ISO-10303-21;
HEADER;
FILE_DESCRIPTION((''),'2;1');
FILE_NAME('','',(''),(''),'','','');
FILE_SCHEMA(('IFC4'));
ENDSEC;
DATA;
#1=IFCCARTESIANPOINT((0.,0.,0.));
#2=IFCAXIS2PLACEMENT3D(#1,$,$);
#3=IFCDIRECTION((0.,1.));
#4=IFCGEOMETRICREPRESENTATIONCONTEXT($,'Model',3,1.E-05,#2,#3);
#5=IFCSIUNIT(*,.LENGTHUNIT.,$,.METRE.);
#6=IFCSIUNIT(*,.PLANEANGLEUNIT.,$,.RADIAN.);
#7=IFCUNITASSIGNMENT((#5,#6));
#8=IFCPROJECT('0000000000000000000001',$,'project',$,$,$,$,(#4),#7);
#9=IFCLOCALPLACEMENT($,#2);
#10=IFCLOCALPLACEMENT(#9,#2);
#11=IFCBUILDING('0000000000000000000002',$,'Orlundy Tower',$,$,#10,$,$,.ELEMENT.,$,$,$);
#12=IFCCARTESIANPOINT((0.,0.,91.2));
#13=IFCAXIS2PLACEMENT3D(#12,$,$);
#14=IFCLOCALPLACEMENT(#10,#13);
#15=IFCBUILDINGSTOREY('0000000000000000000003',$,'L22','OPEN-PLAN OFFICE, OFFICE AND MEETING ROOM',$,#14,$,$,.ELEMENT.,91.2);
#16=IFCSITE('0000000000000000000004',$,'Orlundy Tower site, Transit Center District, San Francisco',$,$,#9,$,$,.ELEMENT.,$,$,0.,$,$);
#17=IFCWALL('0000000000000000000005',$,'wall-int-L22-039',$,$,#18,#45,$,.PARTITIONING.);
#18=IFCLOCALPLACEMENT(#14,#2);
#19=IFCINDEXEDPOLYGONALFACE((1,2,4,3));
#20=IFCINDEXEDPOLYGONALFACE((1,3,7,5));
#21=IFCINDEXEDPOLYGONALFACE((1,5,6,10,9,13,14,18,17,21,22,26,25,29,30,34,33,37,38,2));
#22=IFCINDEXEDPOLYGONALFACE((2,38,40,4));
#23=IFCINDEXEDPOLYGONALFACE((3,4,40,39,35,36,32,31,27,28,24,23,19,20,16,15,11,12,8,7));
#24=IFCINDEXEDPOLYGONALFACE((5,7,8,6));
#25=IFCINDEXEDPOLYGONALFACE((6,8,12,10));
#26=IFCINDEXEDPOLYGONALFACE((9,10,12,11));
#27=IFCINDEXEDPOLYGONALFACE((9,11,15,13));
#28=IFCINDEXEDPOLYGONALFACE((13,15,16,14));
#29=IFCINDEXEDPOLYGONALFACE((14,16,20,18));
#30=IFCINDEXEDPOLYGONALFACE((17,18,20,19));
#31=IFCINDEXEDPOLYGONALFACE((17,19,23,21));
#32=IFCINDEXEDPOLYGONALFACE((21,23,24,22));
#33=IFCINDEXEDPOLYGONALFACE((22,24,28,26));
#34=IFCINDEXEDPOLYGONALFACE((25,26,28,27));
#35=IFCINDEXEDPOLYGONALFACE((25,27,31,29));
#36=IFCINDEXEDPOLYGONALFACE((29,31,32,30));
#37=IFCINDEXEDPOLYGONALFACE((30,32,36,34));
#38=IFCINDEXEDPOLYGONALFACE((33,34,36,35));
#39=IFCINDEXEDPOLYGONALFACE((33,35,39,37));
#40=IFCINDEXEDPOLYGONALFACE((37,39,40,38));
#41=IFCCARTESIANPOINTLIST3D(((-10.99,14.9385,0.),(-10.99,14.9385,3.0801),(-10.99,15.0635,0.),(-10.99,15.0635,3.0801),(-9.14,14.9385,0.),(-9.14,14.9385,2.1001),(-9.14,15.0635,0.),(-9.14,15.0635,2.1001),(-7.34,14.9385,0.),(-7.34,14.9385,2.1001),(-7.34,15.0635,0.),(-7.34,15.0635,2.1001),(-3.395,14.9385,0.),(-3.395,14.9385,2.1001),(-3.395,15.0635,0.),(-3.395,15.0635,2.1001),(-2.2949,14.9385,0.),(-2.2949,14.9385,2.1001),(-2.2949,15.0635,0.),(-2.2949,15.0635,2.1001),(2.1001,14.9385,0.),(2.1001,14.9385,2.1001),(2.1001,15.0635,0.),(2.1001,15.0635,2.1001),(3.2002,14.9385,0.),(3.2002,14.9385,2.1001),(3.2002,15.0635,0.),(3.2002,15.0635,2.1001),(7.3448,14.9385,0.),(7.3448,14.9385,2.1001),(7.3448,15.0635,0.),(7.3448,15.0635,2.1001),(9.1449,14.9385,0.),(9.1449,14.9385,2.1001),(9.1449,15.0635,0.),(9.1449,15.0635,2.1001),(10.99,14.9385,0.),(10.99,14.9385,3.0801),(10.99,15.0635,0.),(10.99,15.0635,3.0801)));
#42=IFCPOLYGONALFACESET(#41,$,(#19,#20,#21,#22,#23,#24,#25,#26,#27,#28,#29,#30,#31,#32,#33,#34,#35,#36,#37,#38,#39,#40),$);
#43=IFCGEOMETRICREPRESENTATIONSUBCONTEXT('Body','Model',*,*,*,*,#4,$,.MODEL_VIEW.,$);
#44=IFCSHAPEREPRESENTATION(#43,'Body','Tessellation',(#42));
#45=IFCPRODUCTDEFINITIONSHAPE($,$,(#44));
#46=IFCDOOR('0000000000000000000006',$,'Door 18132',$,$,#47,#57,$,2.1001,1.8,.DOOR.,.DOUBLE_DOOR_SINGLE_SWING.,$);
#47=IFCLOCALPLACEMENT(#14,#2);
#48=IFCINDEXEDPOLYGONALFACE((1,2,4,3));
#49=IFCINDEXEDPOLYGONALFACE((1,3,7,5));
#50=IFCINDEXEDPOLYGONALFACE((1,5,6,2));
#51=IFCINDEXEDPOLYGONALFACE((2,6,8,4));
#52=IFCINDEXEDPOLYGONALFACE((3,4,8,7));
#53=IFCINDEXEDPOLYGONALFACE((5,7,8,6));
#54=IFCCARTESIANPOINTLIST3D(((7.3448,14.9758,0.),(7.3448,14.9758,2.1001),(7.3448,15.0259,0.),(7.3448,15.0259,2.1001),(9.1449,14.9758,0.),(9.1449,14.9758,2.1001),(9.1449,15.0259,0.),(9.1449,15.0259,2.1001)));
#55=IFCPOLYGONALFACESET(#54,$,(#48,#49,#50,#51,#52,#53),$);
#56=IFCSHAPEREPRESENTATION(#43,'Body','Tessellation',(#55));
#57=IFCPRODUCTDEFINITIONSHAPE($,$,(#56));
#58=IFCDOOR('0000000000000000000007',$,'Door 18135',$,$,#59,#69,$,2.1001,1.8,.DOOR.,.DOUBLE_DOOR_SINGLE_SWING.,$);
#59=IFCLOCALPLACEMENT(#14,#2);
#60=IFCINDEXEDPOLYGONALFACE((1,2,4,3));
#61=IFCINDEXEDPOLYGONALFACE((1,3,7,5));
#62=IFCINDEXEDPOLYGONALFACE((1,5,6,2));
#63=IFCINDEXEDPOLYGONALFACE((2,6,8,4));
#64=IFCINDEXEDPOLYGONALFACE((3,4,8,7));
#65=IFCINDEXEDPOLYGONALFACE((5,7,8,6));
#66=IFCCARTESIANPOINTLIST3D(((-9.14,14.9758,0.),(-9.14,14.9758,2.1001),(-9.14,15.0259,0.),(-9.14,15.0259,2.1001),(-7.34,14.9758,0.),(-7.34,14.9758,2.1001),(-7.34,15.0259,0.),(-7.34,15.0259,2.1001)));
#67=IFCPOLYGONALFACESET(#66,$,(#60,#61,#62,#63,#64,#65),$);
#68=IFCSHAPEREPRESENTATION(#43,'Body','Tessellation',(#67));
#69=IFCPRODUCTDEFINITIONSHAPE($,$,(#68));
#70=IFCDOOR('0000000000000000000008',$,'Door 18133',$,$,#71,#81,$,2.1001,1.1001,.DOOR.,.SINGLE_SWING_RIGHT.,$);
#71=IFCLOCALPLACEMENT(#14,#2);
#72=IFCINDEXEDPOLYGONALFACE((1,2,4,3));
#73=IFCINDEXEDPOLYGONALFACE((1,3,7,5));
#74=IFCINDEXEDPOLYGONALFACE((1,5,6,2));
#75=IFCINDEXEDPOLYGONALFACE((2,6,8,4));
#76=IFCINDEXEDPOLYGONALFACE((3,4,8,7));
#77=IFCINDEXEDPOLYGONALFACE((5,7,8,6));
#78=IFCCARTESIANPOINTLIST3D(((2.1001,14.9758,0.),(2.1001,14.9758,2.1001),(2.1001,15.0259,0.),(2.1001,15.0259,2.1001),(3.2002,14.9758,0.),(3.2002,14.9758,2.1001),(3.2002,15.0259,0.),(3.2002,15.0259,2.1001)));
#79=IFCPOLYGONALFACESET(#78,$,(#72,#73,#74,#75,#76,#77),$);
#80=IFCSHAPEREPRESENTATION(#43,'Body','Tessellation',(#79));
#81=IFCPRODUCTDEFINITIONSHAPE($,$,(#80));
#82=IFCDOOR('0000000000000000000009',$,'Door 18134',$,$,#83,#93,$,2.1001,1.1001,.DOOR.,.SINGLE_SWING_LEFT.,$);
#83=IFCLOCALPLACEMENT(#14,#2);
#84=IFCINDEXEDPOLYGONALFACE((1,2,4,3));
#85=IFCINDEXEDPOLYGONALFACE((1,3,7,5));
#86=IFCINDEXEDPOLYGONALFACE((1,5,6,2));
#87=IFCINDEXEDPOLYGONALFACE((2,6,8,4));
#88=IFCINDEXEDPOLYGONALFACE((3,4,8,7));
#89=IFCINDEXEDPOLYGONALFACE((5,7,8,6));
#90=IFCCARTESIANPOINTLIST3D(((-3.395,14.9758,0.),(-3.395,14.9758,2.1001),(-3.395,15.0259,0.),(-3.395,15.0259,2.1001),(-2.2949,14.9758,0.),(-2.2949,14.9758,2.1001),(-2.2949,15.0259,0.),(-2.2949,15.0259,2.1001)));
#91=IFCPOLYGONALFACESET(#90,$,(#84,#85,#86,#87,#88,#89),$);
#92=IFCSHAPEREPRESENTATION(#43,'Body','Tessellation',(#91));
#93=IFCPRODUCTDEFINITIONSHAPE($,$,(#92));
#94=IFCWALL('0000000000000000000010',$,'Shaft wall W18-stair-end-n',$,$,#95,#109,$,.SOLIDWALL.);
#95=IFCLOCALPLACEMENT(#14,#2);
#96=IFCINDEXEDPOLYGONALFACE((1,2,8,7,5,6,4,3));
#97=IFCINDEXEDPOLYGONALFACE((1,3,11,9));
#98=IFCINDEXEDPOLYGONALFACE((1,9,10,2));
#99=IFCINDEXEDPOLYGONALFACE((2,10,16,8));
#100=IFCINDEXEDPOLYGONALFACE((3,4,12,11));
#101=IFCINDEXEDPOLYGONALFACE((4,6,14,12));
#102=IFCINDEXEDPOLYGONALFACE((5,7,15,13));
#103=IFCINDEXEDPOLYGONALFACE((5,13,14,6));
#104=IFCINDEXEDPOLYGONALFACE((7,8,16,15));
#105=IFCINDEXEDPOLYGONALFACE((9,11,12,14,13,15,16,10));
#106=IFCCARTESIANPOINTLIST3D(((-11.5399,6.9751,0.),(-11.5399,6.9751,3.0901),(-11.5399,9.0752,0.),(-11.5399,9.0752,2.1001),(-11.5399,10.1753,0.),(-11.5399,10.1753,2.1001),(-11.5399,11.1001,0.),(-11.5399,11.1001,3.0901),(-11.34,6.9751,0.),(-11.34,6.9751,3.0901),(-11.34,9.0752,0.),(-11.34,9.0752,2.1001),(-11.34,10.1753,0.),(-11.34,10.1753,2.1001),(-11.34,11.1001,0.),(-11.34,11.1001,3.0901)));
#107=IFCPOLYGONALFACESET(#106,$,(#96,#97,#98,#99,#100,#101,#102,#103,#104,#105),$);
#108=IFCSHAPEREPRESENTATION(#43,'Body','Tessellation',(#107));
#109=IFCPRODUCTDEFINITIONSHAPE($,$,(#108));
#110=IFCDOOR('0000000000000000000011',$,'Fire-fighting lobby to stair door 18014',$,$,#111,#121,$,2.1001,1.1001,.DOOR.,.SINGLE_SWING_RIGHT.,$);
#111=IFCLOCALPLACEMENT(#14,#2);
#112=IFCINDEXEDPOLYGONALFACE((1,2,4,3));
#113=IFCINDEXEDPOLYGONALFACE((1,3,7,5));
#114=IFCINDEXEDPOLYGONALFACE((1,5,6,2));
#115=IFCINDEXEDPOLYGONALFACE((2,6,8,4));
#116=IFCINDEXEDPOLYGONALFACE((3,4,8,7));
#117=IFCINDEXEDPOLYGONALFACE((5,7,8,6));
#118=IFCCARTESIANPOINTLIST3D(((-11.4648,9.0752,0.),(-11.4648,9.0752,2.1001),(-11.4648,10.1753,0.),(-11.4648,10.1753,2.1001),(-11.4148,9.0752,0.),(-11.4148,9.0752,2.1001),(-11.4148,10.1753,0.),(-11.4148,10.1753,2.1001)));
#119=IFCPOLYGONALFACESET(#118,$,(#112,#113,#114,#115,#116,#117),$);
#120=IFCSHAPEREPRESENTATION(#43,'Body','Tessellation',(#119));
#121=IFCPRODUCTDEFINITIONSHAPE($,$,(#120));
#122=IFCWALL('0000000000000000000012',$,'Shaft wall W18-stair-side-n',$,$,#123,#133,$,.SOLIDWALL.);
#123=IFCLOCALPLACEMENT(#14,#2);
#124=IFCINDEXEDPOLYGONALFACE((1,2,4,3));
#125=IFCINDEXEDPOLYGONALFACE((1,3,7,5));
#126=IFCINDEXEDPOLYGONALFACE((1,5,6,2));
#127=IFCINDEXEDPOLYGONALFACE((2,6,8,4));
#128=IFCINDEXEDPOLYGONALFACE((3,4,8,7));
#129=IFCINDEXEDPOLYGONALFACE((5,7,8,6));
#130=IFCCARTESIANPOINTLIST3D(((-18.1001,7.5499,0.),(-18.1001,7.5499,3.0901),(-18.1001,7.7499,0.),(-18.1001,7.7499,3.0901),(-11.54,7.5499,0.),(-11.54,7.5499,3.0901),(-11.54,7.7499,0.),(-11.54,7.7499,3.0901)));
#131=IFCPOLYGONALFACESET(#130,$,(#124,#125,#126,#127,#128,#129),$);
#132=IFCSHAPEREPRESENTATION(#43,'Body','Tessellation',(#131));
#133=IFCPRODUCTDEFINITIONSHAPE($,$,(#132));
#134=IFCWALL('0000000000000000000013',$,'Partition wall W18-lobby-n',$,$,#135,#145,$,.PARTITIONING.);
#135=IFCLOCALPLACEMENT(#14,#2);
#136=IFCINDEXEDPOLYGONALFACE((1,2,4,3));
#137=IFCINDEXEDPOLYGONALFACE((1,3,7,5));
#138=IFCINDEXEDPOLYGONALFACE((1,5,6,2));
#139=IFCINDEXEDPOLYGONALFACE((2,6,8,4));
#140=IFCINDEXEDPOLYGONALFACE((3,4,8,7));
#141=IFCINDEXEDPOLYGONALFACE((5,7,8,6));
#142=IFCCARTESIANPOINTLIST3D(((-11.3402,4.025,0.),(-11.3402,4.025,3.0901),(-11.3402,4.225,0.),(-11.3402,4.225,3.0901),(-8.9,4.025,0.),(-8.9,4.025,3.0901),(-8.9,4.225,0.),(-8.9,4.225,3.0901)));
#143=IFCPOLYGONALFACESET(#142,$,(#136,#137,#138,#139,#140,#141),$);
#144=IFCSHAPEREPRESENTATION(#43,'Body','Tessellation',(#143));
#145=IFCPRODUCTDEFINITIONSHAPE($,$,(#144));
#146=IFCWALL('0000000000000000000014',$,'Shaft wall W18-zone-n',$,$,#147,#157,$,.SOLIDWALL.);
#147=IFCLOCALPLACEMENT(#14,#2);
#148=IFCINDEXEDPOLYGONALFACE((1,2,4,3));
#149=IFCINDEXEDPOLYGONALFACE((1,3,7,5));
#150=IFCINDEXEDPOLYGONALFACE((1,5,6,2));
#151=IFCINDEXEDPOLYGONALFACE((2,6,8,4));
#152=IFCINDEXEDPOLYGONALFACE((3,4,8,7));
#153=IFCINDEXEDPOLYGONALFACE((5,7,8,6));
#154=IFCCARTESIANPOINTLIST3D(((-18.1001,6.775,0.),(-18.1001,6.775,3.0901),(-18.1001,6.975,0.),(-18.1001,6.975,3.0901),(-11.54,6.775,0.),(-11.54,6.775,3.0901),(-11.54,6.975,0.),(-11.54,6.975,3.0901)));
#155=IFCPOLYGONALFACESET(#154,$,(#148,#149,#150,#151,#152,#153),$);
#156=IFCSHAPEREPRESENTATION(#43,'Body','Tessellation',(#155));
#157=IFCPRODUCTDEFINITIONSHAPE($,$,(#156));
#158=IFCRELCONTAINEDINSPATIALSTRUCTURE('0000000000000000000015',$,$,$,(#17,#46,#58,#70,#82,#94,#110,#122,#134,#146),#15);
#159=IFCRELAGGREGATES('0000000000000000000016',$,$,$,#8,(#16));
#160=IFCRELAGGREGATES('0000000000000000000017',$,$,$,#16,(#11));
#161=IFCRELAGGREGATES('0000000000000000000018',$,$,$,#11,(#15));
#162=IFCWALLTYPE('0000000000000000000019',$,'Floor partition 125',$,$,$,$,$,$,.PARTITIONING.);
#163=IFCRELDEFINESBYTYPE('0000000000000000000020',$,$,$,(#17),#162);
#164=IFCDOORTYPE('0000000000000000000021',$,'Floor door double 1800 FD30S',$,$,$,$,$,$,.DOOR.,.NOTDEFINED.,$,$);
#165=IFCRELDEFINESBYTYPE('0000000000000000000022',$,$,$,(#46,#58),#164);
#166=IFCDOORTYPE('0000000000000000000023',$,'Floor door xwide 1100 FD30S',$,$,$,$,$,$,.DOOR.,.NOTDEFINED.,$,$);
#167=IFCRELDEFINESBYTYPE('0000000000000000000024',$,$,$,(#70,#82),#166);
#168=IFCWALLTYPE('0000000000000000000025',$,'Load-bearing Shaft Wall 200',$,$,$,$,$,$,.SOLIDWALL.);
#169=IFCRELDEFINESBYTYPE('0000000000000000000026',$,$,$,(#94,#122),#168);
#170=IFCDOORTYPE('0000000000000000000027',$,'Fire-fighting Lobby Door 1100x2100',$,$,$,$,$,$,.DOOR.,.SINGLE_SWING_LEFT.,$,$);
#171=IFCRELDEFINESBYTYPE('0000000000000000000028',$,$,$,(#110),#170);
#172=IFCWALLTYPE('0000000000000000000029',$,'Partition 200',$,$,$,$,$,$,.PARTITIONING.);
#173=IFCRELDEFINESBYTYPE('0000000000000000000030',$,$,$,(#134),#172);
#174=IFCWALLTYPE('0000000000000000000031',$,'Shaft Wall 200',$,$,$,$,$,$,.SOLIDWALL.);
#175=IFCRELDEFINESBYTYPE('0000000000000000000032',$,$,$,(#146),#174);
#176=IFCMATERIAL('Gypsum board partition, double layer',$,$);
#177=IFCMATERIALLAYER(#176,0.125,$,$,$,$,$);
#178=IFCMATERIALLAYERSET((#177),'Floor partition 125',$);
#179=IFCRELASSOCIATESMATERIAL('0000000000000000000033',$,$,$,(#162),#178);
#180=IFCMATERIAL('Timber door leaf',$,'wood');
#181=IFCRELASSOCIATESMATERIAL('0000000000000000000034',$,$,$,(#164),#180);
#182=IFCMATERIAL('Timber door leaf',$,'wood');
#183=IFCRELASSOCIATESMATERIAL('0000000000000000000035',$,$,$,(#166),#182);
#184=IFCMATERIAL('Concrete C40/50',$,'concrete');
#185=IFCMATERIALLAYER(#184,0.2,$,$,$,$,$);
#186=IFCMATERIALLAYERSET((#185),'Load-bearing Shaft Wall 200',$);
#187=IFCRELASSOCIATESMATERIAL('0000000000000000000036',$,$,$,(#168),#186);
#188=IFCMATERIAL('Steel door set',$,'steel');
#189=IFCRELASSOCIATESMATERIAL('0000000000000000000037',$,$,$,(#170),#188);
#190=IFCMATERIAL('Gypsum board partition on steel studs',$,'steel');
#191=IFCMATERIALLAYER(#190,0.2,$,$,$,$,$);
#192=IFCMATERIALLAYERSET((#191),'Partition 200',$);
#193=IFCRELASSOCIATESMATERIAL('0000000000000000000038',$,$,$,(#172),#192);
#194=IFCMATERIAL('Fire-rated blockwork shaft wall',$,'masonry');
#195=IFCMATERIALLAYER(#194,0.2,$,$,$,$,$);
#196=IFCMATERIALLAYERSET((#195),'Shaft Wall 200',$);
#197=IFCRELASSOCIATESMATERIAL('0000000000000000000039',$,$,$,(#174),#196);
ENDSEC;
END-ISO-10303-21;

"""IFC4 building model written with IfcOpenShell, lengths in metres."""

from ifc_helpers import new_model, si_unit, direction, frame, frame_2d, origin, place, context, subcontext, project, spatial, rectangle, extrude, material, layer, layer_set, type_object, element, fill, save


model = new_model("IFC4")

# Units and contexts
model_context = context("Model", 3, precision=1e-05, world=origin(), true_north=direction((0.0, 1.0)))
body_context = subcontext(model_context, "Body", "Model", "MODEL_VIEW")
ifc_project = project(units=[si_unit("LENGTHUNIT", "METRE"), si_unit("PLANEANGLEUNIT", "RADIAN")], contexts=[model_context])

# Site, building, storey
site_placement = place(None, origin())
site = spatial("IfcSite", under=ifc_project, at=site_placement, Name="Orlundy Tower site, Transit Center District, San Francisco", CompositionType="ELEMENT", RefElevation=0.0)
building_placement = place(site_placement, origin())
building = spatial("IfcBuilding", under=site, at=building_placement, Name="Orlundy Tower", CompositionType="ELEMENT")
storey_placement = place(building_placement, frame((0.0, 0.0, 91.2)))
storey = spatial("IfcBuildingStorey", under=building, at=storey_placement, Name="L22", Description="OPEN-PLAN OFFICE, OFFICE AND MEETING ROOM", CompositionType="ELEMENT", Elevation=91.2)

# Wall, openings, doors
ifc_material_1 = material(Name="Gypsum board partition, double layer")
ifc_layer_1 = layer(ifc_material_1, 0.125)
ifc_layer_set_1 = layer_set([ifc_layer_1], Name="Floor partition 125")
wall_type_1 = type_object("IfcWallType", Name="Floor partition 125", PredefinedType="PARTITIONING", material=ifc_layer_set_1)
wall_1_placement = place(storey_placement, frame((-10.99, 15.001, 0.0), z_axis=(0.0, 0.0, 1.0), x_axis=(1.0, 0.0, 0.0)))
wall_1 = element("IfcWall", 1, at=wall_1_placement, inside=storey, type_object=wall_type_1, Name="wall-int-L22-039", PredefinedType="PARTITIONING", context=body_context, shape_type="SweptSolid", body=[
    extrude(rectangle(XDim=21.98, YDim=0.125, at=frame_2d((10.99, 0.0))), origin(), (0.0, 0.0, 1.0), 3.0801),
])
opening_1_placement = place(wall_1_placement, frame((18.335, 0.0, 0.0)))
opening_1 = element("IfcOpeningElement", 2, at=opening_1_placement, cuts=wall_1, PredefinedType="OPENING", context=body_context, shape_type="SweptSolid", body=[
    extrude(rectangle(XDim=1.8, YDim=2.1001, at=frame_2d((0.8999, 1.05))), frame((0.0, 0.0725, 0.0), z_axis=(0.0, -1.0, 0.0), x_axis=(1.0, 0.0, 0.0)), (0.0, 0.0, 1.0), 0.145),
])
opening_2_placement = place(wall_1_placement, frame((13.0901, 0.0, 0.0)))
opening_2 = element("IfcOpeningElement", 3, at=opening_2_placement, cuts=wall_1, PredefinedType="OPENING", context=body_context, shape_type="SweptSolid", body=[
    extrude(rectangle(XDim=1.1001, YDim=2.1001, at=frame_2d((0.55, 1.05))), frame((0.0, 0.0725, 0.0), z_axis=(0.0, -1.0, 0.0), x_axis=(1.0, 0.0, 0.0)), (0.0, 0.0, 1.0), 0.145),
])
opening_3_placement = place(wall_1_placement, frame((7.595, 0.0, 0.0)))
opening_3 = element("IfcOpeningElement", 4, at=opening_3_placement, cuts=wall_1, PredefinedType="OPENING", context=body_context, shape_type="SweptSolid", body=[
    extrude(rectangle(XDim=1.1001, YDim=2.1001, at=frame_2d((0.55, 1.05))), frame((0.0, 0.0725, 0.0), z_axis=(0.0, -1.0, 0.0), x_axis=(1.0, 0.0, 0.0)), (0.0, 0.0, 1.0), 0.145),
])
opening_4_placement = place(wall_1_placement, frame((1.8501, 0.0, 0.0)))
opening_4 = element("IfcOpeningElement", 5, at=opening_4_placement, cuts=wall_1, PredefinedType="OPENING", context=body_context, shape_type="SweptSolid", body=[
    extrude(rectangle(XDim=1.8, YDim=2.1001, at=frame_2d((0.8999, 1.05))), frame((0.0, 0.0725, 0.0), z_axis=(0.0, -1.0, 0.0), x_axis=(1.0, 0.0, 0.0)), (0.0, 0.0, 1.0), 0.145),
])
ifc_material_2 = material(Name="Timber door leaf", Category="wood")
door_type_1 = type_object("IfcDoorType", Name="Floor door double 1800 FD30S", OperationType="NOTDEFINED", PredefinedType="DOOR", material=ifc_material_2)
door_1_placement = place(opening_1_placement, origin())
door_1 = element("IfcDoor", 6, at=door_1_placement, inside=storey, type_object=door_type_1, Name="Door 18132", OperationType="DOUBLE_DOOR_SINGLE_SWING", OverallHeight=2.1001, OverallWidth=1.8, PredefinedType="DOOR", context=body_context, shape_type="SweptSolid", body=[
    extrude(rectangle(XDim=1.8, YDim=2.1001, at=frame_2d((0.8999, 1.05))), frame((0.0, 0.0249, 0.0), z_axis=(0.0, -1.0, 0.0), x_axis=(1.0, 0.0, 0.0)), (0.0, 0.0, 1.0), 0.05),
])
fill(opening_1, door_1)
door_2_placement = place(opening_4_placement, origin())
door_2 = element("IfcDoor", 7, at=door_2_placement, inside=storey, type_object=door_type_1, Name="Door 18135", OperationType="DOUBLE_DOOR_SINGLE_SWING", OverallHeight=2.1001, OverallWidth=1.8, PredefinedType="DOOR", context=body_context, shape_type="SweptSolid", body=[
    extrude(rectangle(XDim=1.8, YDim=2.1001, at=frame_2d((0.8999, 1.05))), frame((0.0, 0.0249, 0.0), z_axis=(0.0, -1.0, 0.0), x_axis=(1.0, 0.0, 0.0)), (0.0, 0.0, 1.0), 0.05),
])
fill(opening_4, door_2)
ifc_material_3 = material(Name="Timber door leaf", Category="wood")
door_type_2 = type_object("IfcDoorType", Name="Floor door xwide 1100 FD30S", OperationType="NOTDEFINED", PredefinedType="DOOR", material=ifc_material_3)
door_3_placement = place(opening_2_placement, origin())
door_3 = element("IfcDoor", 8, at=door_3_placement, inside=storey, type_object=door_type_2, Name="Door 18133", OperationType="SINGLE_SWING_RIGHT", OverallHeight=2.1001, OverallWidth=1.1001, PredefinedType="DOOR", context=body_context, shape_type="SweptSolid", body=[
    extrude(rectangle(XDim=1.1001, YDim=2.1001, at=frame_2d((0.55, 1.05))), frame((0.0, 0.0249, 0.0), z_axis=(0.0, -1.0, 0.0), x_axis=(1.0, 0.0, 0.0)), (0.0, 0.0, 1.0), 0.05),
])
fill(opening_2, door_3)
door_4_placement = place(opening_3_placement, origin())
door_4 = element("IfcDoor", 9, at=door_4_placement, inside=storey, type_object=door_type_2, Name="Door 18134", OperationType="SINGLE_SWING_LEFT", OverallHeight=2.1001, OverallWidth=1.1001, PredefinedType="DOOR", context=body_context, shape_type="SweptSolid", body=[
    extrude(rectangle(XDim=1.1001, YDim=2.1001, at=frame_2d((0.55, 1.05))), frame((0.0, 0.0249, 0.0), z_axis=(0.0, -1.0, 0.0), x_axis=(1.0, 0.0, 0.0)), (0.0, 0.0, 1.0), 0.05),
])
fill(opening_3, door_4)

# Wall, opening, door
ifc_material_4 = material(Name="Concrete C40/50", Category="concrete")
ifc_layer_2 = layer(ifc_material_4, 0.2)
ifc_layer_set_2 = layer_set([ifc_layer_2], Name="Load-bearing Shaft Wall 200")
wall_type_2 = type_object("IfcWallType", Name="Load-bearing Shaft Wall 200", PredefinedType="SOLIDWALL", material=ifc_layer_set_2)
wall_2_placement = place(storey_placement, frame((-11.4399, 6.9751, 0.0), z_axis=(0.0, 0.0, 1.0), x_axis=(0.0, 1.0, 0.0)))
wall_2 = element("IfcWall", 10, at=wall_2_placement, inside=storey, type_object=wall_type_2, Name="Shaft wall W18-stair-end-n", PredefinedType="SOLIDWALL", context=body_context, shape_type="SweptSolid", body=[
    extrude(rectangle(XDim=4.125, YDim=0.2, at=frame_2d((2.0625, 0.0))), origin(), (0.0, 0.0, 1.0), 3.0901),
])
opening_5_placement = place(wall_2_placement, frame((2.1001, 0.0, 0.0)))
opening_5 = element("IfcOpeningElement", 11, at=opening_5_placement, cuts=wall_2, PredefinedType="OPENING", context=body_context, shape_type="SweptSolid", body=[
    extrude(rectangle(XDim=1.1001, YDim=2.1001, at=frame_2d((0.55, 1.05))), frame((0.0, 0.1101, 0.0), z_axis=(0.0, -1.0, 0.0), x_axis=(1.0, 0.0, 0.0)), (0.0, 0.0, 1.0), 0.2202),
])
ifc_material_5 = material(Name="Steel door set", Category="steel")
door_type_3 = type_object("IfcDoorType", Name="Fire-fighting Lobby Door 1100x2100", OperationType="SINGLE_SWING_LEFT", PredefinedType="DOOR", material=ifc_material_5)
door_5_placement = place(opening_5_placement, origin())
door_5 = element("IfcDoor", 12, at=door_5_placement, inside=storey, type_object=door_type_3, Name="Fire-fighting lobby to stair door 18014", OperationType="SINGLE_SWING_RIGHT", OverallHeight=2.1001, OverallWidth=1.1001, PredefinedType="DOOR", context=body_context, shape_type="SweptSolid", body=[
    extrude(rectangle(XDim=1.1001, YDim=2.1001, at=frame_2d((0.55, 1.05))), frame((0.0, 0.0249, 0.0), z_axis=(0.0, -1.0, 0.0), x_axis=(1.0, 0.0, 0.0)), (0.0, 0.0, 1.0), 0.05),
])
fill(opening_5, door_5)

# Walls
wall_3_placement = place(storey_placement, frame((-11.54, 7.6499, 0.0), z_axis=(0.0, 0.0, 1.0), x_axis=(-1.0, 0.0, 0.0)))
element("IfcWall", 13, at=wall_3_placement, inside=storey, type_object=wall_type_2, Name="Shaft wall W18-stair-side-n", PredefinedType="SOLIDWALL", context=body_context, shape_type="SweptSolid", body=[
    extrude(rectangle(XDim=6.5601, YDim=0.2, at=frame_2d((3.28, 0.0))), origin(), (0.0, 0.0, 1.0), 3.0901),
])
ifc_material_6 = material(Name="Gypsum board partition on steel studs", Category="steel")
ifc_layer_3 = layer(ifc_material_6, 0.2)
ifc_layer_set_3 = layer_set([ifc_layer_3], Name="Partition 200")
wall_type_3 = type_object("IfcWallType", Name="Partition 200", PredefinedType="PARTITIONING", material=ifc_layer_set_3)
wall_4_placement = place(storey_placement, frame((-8.8999, 4.125, 0.0), z_axis=(0.0, 0.0, 1.0), x_axis=(-1.0, 0.0, 0.0)))
element("IfcWall", 14, at=wall_4_placement, inside=storey, type_object=wall_type_3, Name="Partition wall W18-lobby-n", PredefinedType="PARTITIONING", context=body_context, shape_type="SweptSolid", body=[
    extrude(rectangle(XDim=2.4402, YDim=0.2, at=frame_2d((1.2202, 0.0))), origin(), (0.0, 0.0, 1.0), 3.0901),
])
ifc_material_7 = material(Name="Fire-rated blockwork shaft wall", Category="masonry")
ifc_layer_4 = layer(ifc_material_7, 0.2)
ifc_layer_set_4 = layer_set([ifc_layer_4], Name="Shaft Wall 200")
wall_type_4 = type_object("IfcWallType", Name="Shaft Wall 200", PredefinedType="SOLIDWALL", material=ifc_layer_set_4)
wall_5_placement = place(storey_placement, frame((-11.54, 6.875, 0.0), z_axis=(0.0, 0.0, 1.0), x_axis=(-1.0, 0.0, 0.0)))
element("IfcWall", 15, at=wall_5_placement, inside=storey, type_object=wall_type_4, Name="Shaft wall W18-zone-n", PredefinedType="SOLIDWALL", context=body_context, shape_type="SweptSolid", body=[
    extrude(rectangle(XDim=6.5601, YDim=0.2, at=frame_2d((3.28, 0.0))), origin(), (0.0, 0.0, 1.0), 3.0901),
])

save(model, "model.ifc")
